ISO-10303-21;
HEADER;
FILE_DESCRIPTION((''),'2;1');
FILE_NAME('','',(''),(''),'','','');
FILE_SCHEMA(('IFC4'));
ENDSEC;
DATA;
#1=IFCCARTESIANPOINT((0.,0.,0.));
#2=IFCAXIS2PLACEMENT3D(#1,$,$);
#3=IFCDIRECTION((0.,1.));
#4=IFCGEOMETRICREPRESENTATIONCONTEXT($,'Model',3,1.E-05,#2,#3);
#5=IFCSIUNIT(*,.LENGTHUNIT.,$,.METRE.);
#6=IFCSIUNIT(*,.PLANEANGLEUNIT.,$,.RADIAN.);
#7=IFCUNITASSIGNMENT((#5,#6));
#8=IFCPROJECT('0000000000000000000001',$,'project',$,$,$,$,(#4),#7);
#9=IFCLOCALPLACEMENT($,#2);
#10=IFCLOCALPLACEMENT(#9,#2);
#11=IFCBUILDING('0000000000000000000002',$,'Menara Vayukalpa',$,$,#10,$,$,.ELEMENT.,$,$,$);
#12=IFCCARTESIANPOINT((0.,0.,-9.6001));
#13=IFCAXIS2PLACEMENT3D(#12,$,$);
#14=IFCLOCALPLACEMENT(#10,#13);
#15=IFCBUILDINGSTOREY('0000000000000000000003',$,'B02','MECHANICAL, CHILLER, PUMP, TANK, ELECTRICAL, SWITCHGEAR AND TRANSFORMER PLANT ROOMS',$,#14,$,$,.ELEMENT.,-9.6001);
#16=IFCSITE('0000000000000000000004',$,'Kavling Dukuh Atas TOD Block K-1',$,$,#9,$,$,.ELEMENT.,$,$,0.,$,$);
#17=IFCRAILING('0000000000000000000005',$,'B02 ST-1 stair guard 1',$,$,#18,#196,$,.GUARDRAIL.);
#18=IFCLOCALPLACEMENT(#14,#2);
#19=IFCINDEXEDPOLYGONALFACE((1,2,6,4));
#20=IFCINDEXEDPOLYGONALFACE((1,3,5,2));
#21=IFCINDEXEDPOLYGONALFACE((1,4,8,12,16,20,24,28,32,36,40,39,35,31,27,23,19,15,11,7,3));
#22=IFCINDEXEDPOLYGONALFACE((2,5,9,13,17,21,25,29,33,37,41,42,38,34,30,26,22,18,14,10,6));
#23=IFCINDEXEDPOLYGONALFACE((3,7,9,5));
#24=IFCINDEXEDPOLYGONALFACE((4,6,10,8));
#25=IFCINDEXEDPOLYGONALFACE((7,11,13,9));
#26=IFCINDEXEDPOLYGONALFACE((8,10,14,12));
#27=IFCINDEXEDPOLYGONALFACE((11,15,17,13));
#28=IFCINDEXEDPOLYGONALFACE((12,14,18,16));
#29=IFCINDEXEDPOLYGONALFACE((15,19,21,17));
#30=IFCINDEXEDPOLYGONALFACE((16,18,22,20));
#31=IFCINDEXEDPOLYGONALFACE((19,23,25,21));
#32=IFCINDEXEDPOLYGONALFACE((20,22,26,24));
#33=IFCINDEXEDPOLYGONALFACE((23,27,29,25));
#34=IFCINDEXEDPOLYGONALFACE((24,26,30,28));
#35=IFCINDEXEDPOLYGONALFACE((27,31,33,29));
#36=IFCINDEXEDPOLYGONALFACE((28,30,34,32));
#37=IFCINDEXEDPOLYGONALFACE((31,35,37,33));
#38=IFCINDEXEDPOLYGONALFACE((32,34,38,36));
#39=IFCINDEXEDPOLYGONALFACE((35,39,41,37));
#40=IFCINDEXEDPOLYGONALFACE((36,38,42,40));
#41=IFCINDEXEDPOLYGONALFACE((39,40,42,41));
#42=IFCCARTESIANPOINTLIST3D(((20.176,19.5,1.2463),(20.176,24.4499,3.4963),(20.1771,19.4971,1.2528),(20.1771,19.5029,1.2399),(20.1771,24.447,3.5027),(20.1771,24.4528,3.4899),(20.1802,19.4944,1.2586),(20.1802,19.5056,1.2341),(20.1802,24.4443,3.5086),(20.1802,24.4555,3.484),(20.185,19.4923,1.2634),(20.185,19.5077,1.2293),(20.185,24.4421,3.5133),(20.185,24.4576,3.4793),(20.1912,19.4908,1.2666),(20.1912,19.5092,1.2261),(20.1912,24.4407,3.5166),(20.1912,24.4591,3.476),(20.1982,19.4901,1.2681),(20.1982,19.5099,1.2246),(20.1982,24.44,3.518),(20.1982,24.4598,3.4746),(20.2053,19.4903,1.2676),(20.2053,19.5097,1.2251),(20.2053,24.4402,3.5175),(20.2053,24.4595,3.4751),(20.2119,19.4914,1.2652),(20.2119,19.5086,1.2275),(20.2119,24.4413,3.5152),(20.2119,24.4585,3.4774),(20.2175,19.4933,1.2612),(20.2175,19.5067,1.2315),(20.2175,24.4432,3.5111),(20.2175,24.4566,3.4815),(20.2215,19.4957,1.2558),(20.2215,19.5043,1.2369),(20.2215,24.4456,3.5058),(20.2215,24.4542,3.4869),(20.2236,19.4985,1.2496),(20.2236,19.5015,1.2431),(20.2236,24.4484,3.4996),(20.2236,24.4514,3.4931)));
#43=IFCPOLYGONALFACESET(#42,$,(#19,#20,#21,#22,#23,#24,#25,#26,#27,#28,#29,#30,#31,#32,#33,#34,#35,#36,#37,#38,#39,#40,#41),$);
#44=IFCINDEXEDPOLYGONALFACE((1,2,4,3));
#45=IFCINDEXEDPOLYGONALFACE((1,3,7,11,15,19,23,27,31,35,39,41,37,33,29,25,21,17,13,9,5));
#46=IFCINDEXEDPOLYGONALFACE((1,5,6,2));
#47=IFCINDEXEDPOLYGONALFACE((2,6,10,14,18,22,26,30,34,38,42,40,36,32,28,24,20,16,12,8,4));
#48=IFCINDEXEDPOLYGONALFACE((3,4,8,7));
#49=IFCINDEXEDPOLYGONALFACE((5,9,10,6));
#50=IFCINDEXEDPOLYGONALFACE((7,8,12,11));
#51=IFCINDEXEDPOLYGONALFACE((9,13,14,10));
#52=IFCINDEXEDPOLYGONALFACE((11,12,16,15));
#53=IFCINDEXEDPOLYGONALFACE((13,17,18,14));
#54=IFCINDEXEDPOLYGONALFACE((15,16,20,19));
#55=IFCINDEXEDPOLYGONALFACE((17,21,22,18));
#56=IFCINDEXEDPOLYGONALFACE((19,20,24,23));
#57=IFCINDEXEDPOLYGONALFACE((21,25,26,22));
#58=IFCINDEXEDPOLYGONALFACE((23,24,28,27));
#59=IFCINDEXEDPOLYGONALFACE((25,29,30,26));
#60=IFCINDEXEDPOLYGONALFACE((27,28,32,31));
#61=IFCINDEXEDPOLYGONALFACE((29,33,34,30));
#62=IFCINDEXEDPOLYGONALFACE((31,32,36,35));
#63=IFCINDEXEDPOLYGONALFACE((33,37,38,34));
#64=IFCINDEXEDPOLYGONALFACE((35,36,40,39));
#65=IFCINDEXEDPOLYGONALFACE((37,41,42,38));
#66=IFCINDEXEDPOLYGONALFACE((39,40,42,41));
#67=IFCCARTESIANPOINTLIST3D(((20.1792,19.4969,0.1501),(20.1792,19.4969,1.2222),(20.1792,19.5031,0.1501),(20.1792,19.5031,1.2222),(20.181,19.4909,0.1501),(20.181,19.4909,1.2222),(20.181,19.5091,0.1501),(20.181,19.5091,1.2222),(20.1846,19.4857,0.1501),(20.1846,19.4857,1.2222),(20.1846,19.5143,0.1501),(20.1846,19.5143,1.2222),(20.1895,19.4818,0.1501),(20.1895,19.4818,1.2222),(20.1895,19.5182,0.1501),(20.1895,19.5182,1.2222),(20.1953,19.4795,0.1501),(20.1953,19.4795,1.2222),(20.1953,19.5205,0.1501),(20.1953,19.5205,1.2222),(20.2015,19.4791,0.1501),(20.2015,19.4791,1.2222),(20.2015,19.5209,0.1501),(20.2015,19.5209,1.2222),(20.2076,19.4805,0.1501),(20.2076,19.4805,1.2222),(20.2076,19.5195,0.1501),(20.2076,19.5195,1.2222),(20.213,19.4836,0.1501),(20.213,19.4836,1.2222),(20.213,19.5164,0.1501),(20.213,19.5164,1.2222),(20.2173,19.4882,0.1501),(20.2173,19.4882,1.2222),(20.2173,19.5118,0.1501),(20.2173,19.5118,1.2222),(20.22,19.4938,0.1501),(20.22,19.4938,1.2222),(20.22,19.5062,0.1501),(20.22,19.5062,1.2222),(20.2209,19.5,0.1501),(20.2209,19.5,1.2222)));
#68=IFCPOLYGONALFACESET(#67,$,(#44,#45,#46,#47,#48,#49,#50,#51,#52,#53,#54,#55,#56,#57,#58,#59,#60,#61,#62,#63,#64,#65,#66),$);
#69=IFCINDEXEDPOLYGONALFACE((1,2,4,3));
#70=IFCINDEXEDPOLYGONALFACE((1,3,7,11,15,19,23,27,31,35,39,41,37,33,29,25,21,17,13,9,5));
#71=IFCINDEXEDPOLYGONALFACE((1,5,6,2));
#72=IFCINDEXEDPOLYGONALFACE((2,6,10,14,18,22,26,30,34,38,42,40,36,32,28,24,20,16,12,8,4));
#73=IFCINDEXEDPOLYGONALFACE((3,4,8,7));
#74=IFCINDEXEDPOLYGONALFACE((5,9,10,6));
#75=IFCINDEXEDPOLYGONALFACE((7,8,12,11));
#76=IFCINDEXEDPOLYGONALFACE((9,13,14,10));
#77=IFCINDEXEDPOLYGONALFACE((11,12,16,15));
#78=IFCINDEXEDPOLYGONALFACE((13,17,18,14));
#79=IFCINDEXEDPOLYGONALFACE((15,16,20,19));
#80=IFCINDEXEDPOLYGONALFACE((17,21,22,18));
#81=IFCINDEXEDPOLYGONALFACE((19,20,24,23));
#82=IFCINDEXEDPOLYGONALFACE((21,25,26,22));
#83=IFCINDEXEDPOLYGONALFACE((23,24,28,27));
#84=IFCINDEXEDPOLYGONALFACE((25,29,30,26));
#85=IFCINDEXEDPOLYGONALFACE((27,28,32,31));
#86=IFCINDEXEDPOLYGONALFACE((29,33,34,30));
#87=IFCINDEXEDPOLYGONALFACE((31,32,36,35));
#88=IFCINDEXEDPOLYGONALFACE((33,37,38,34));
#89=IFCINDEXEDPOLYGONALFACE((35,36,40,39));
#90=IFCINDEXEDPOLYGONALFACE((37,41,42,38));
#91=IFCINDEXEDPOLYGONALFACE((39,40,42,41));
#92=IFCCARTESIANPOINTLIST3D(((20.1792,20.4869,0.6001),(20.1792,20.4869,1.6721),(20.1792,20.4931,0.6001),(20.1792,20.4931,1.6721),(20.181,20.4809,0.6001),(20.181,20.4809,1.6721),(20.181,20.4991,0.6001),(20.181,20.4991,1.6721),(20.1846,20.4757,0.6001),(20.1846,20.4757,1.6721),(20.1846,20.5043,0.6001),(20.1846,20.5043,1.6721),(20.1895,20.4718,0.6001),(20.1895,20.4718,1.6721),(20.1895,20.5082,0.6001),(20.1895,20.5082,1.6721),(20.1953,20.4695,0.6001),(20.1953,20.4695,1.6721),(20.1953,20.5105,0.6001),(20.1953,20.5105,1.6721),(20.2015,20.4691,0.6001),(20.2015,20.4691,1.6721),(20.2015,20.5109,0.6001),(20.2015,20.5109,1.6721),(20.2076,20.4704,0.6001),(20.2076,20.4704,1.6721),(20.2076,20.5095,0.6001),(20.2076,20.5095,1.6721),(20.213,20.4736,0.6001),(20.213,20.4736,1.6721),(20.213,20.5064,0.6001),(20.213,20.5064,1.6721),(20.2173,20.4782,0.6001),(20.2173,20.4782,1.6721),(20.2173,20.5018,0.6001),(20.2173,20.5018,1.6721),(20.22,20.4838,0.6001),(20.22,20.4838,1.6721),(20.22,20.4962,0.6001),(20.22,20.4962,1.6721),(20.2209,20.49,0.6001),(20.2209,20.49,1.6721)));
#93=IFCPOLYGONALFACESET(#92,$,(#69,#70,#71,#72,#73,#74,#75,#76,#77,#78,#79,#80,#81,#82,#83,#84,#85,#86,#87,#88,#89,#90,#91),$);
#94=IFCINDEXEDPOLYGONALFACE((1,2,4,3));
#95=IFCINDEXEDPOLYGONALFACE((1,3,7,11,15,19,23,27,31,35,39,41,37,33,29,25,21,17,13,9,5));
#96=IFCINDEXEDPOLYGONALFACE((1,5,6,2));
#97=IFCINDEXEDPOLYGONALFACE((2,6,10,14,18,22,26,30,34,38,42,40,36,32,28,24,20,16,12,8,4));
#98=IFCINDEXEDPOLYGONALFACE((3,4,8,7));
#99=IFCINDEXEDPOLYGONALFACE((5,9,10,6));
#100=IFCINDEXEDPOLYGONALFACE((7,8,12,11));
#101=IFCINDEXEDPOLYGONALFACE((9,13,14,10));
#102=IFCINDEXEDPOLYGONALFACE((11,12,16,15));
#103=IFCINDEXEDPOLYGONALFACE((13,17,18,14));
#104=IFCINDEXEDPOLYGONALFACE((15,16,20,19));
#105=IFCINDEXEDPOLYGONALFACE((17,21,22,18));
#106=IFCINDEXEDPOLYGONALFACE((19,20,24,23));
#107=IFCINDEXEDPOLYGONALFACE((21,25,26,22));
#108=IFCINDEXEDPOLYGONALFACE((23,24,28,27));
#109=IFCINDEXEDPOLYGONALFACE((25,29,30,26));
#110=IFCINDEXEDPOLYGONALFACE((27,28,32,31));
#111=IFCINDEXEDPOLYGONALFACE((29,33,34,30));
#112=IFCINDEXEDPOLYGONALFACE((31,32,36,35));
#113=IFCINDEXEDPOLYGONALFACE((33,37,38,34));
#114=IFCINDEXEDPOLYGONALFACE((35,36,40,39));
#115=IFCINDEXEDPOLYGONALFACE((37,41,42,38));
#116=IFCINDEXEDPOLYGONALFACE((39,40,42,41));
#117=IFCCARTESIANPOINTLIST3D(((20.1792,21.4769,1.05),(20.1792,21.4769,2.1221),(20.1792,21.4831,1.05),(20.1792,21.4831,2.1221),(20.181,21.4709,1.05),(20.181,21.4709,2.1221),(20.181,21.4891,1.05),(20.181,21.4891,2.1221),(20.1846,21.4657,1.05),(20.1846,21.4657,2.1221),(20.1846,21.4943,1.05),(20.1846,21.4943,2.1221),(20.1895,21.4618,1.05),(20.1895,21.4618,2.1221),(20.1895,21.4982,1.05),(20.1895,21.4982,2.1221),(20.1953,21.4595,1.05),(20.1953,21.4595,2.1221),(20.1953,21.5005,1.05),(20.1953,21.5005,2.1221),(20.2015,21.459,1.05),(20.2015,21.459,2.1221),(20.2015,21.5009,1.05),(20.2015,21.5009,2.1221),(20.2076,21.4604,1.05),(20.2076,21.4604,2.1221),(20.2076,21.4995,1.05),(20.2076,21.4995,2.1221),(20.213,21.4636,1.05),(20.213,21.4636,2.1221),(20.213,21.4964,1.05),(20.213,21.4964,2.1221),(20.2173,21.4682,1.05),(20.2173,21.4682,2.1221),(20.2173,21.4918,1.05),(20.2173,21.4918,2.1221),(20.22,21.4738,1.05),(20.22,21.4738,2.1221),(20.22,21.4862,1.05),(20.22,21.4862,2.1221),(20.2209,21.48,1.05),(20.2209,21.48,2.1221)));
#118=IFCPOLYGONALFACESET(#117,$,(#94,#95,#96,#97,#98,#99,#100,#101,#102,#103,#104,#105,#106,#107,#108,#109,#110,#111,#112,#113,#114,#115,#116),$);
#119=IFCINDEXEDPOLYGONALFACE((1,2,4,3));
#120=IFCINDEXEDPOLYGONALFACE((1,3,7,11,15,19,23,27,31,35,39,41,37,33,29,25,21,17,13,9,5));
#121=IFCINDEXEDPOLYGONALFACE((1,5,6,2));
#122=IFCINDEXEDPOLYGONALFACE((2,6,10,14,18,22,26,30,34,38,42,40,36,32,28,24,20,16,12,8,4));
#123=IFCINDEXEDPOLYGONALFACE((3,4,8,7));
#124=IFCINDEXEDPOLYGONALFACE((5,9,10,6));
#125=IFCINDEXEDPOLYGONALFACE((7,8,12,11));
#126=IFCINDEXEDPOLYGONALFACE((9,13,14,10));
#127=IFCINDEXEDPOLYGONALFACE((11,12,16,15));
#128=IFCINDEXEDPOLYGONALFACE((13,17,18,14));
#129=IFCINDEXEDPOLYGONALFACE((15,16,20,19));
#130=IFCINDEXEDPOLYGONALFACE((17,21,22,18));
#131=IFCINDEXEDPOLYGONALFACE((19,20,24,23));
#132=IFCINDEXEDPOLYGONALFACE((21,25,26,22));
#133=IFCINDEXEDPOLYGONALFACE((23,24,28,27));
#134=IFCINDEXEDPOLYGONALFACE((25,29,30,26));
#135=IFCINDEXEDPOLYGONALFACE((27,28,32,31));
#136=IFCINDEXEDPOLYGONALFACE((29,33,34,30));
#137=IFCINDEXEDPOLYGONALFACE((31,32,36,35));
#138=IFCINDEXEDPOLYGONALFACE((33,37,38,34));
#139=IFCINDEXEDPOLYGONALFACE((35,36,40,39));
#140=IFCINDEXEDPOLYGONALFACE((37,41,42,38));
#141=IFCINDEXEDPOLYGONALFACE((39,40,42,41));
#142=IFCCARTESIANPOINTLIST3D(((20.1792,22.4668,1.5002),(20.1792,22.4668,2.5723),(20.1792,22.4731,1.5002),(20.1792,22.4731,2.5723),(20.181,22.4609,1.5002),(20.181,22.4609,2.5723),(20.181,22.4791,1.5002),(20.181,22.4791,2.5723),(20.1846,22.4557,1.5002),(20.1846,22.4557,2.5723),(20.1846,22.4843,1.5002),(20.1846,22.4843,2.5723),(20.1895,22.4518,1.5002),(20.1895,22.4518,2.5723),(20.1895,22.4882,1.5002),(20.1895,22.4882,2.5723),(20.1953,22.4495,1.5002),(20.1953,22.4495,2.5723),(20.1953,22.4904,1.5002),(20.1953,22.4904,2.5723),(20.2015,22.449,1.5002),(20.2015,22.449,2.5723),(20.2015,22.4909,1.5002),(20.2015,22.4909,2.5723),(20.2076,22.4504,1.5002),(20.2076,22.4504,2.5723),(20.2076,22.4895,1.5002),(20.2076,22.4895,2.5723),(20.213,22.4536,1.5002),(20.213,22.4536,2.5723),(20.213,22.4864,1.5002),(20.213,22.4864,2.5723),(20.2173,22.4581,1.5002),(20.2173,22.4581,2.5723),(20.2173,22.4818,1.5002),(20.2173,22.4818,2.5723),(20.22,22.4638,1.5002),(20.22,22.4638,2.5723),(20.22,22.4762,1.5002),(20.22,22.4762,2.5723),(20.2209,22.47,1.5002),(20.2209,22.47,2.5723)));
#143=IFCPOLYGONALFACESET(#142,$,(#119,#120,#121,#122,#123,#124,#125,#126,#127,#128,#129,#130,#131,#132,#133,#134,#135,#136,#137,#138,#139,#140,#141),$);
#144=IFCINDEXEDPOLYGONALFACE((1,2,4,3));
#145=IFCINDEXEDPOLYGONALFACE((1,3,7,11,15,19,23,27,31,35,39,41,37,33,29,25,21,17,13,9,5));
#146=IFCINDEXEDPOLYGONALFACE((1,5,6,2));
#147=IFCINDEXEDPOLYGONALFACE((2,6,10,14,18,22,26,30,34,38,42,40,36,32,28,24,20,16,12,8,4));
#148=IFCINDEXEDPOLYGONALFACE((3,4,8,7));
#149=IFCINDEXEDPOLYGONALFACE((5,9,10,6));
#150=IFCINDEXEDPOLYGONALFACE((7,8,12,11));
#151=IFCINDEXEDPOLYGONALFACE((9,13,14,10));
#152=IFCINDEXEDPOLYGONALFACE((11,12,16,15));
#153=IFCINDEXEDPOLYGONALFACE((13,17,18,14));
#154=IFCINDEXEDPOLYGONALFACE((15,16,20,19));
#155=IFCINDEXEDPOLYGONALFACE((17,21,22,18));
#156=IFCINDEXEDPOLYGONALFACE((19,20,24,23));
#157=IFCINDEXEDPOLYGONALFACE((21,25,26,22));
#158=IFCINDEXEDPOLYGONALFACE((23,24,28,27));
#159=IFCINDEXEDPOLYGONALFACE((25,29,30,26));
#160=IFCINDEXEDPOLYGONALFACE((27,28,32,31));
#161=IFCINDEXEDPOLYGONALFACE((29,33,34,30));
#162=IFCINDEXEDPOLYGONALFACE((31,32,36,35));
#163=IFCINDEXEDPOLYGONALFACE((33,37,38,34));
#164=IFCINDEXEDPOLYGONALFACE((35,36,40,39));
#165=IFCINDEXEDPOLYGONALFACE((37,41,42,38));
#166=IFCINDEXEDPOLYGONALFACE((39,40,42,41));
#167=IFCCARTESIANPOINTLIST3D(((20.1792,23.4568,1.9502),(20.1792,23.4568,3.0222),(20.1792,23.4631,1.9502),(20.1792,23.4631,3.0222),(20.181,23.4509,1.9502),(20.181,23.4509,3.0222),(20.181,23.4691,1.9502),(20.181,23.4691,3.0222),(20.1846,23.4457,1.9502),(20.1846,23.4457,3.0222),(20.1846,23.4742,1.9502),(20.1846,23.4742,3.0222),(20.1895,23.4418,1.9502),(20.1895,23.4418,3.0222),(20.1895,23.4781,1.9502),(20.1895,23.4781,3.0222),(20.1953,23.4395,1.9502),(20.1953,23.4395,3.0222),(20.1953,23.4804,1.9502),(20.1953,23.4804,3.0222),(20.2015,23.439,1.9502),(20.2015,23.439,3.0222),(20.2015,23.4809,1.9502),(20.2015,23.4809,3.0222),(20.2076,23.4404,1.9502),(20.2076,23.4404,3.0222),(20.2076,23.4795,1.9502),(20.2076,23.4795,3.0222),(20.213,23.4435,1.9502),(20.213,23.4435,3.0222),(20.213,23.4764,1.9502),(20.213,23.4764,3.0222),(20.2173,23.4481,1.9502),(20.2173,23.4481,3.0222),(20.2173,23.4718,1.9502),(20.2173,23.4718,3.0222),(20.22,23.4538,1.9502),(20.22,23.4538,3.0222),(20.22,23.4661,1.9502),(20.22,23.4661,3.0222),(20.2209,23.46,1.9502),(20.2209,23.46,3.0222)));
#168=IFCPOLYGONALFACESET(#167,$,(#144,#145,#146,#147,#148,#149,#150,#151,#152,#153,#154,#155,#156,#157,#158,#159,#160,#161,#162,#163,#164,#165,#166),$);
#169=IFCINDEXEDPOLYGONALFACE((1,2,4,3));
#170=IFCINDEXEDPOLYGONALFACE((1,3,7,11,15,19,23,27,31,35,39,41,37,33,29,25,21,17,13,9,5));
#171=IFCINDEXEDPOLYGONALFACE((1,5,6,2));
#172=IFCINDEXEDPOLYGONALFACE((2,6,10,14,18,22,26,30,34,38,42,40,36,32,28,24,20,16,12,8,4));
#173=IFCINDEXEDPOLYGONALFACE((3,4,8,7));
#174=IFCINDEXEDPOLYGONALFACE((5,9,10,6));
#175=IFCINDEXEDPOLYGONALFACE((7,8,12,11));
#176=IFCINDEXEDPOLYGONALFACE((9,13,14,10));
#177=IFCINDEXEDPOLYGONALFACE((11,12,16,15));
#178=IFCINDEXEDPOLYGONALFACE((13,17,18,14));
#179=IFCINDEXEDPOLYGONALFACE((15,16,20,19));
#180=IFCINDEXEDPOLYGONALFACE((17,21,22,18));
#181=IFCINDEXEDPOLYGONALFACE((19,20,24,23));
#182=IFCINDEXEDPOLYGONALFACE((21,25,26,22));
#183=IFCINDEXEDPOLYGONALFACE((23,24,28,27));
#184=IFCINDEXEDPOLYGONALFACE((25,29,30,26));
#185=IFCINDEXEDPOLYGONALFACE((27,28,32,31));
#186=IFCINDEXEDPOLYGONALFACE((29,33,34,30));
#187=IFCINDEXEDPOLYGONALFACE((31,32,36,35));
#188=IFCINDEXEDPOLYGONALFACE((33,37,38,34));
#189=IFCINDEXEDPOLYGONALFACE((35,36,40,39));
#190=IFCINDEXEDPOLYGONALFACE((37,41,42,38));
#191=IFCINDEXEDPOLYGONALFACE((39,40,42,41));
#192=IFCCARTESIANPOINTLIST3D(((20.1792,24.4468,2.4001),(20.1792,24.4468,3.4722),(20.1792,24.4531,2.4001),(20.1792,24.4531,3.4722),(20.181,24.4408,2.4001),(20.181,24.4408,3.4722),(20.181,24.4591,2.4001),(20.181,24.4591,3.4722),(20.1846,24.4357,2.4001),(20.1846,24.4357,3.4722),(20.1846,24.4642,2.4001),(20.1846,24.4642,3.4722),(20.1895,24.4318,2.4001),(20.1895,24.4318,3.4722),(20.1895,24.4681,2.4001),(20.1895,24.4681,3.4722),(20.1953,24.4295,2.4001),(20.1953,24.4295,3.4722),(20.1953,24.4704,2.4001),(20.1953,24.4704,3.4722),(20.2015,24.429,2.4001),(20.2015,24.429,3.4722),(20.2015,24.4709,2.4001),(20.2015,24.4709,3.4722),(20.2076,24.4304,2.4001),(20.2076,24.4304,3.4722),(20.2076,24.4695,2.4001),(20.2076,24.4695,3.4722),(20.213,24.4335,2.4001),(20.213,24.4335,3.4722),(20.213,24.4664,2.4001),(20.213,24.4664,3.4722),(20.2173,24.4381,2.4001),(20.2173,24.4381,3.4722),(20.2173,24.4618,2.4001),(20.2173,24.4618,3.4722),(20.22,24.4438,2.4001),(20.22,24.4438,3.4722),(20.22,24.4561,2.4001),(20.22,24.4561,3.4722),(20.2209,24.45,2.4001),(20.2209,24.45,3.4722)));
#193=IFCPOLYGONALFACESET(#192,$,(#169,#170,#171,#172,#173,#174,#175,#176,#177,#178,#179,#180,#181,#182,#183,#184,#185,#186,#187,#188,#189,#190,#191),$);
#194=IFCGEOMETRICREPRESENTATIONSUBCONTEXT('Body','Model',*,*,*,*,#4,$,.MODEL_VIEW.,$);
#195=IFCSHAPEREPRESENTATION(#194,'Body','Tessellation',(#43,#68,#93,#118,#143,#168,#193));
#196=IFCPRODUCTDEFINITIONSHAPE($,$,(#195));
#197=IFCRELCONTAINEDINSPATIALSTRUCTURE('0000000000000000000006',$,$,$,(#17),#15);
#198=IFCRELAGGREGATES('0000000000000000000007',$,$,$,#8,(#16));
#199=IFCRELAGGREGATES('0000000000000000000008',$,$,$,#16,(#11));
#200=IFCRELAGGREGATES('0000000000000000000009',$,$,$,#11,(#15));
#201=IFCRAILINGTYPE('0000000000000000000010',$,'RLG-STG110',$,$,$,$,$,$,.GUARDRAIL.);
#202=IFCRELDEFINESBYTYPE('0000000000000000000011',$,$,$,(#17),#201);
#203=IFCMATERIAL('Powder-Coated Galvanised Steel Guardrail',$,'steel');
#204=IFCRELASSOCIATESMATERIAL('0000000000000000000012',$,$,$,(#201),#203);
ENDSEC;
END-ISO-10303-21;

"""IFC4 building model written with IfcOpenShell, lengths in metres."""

from ifc_helpers import new_model, si_unit, direction, frame, origin, origin_2d, place, context, subcontext, project, spatial, circle, extrude, material, type_object, element, save


model = new_model("IFC4")

# Units and contexts
model_context = context("Model", 3, precision=1e-05, world=origin(), true_north=direction((0.0, 1.0)))
body_context = subcontext(model_context, "Body", "Model", "MODEL_VIEW")
ifc_project = project(units=[si_unit("LENGTHUNIT", "METRE"), si_unit("PLANEANGLEUNIT", "RADIAN")], contexts=[model_context])

# Site, building, storey
site_placement = place(None, origin())
site = spatial("IfcSite", under=ifc_project, at=site_placement, Name="Kavling Dukuh Atas TOD Block K-1", CompositionType="ELEMENT", RefElevation=0.0)
building_placement = place(site_placement, origin())
building = spatial("IfcBuilding", under=site, at=building_placement, Name="Menara Vayukalpa", CompositionType="ELEMENT")
storey_placement = place(building_placement, frame((0.0, 0.0, -9.6001)))
storey = spatial("IfcBuildingStorey", under=building, at=storey_placement, Name="B02", Description="MECHANICAL, CHILLER, PUMP, TANK, ELECTRICAL, SWITCHGEAR AND TRANSFORMER PLANT ROOMS", CompositionType="ELEMENT", Elevation=-9.6001)

# Railing
ifc_material_1 = material(Name="Powder-Coated Galvanised Steel Guardrail", Category="steel")
railing_type_1 = type_object("IfcRailingType", Name="RLG-STG110", PredefinedType="GUARDRAIL", material=ifc_material_1)
railing_1_placement = place(storey_placement, frame((20.2, 19.5, 0.1501)))
element("IfcRailing", 1, at=railing_1_placement, inside=storey, type_object=railing_type_1, Name="B02 ST-1 stair guard 1", PredefinedType="GUARDRAIL", context=body_context, shape_type="SweptSolid", body=[
    extrude(circle(Radius=0.0239, at=origin_2d()), frame((0.0, 0.0, 1.0962), z_axis=(0.0, 0.910365, 0.413806), x_axis=(-1.0, 0.0, 0.0)), (0.0, 0.0, 1.0), 5.4373),
    extrude(circle(Radius=0.021, at=origin_2d()), origin(), (0.0, 0.0, 1.0), 1.072),
    extrude(circle(Radius=0.021, at=origin_2d()), frame((0.0, 0.99, 0.45)), (0.0, 0.0, 1.0), 1.072),
    extrude(circle(Radius=0.021, at=origin_2d()), frame((0.0, 1.98, 0.8999)), (0.0, 0.0, 1.0), 1.072),
    extrude(circle(Radius=0.021, at=origin_2d()), frame((0.0, 2.97, 1.3501)), (0.0, 0.0, 1.0), 1.072),
    extrude(circle(Radius=0.021, at=origin_2d()), frame((0.0, 3.96, 1.8)), (0.0, 0.0, 1.0), 1.072),
    extrude(circle(Radius=0.021, at=origin_2d()), frame((0.0, 4.95, 2.25)), (0.0, 0.0, 1.0), 1.072),
])

save(model, "model.ifc")
